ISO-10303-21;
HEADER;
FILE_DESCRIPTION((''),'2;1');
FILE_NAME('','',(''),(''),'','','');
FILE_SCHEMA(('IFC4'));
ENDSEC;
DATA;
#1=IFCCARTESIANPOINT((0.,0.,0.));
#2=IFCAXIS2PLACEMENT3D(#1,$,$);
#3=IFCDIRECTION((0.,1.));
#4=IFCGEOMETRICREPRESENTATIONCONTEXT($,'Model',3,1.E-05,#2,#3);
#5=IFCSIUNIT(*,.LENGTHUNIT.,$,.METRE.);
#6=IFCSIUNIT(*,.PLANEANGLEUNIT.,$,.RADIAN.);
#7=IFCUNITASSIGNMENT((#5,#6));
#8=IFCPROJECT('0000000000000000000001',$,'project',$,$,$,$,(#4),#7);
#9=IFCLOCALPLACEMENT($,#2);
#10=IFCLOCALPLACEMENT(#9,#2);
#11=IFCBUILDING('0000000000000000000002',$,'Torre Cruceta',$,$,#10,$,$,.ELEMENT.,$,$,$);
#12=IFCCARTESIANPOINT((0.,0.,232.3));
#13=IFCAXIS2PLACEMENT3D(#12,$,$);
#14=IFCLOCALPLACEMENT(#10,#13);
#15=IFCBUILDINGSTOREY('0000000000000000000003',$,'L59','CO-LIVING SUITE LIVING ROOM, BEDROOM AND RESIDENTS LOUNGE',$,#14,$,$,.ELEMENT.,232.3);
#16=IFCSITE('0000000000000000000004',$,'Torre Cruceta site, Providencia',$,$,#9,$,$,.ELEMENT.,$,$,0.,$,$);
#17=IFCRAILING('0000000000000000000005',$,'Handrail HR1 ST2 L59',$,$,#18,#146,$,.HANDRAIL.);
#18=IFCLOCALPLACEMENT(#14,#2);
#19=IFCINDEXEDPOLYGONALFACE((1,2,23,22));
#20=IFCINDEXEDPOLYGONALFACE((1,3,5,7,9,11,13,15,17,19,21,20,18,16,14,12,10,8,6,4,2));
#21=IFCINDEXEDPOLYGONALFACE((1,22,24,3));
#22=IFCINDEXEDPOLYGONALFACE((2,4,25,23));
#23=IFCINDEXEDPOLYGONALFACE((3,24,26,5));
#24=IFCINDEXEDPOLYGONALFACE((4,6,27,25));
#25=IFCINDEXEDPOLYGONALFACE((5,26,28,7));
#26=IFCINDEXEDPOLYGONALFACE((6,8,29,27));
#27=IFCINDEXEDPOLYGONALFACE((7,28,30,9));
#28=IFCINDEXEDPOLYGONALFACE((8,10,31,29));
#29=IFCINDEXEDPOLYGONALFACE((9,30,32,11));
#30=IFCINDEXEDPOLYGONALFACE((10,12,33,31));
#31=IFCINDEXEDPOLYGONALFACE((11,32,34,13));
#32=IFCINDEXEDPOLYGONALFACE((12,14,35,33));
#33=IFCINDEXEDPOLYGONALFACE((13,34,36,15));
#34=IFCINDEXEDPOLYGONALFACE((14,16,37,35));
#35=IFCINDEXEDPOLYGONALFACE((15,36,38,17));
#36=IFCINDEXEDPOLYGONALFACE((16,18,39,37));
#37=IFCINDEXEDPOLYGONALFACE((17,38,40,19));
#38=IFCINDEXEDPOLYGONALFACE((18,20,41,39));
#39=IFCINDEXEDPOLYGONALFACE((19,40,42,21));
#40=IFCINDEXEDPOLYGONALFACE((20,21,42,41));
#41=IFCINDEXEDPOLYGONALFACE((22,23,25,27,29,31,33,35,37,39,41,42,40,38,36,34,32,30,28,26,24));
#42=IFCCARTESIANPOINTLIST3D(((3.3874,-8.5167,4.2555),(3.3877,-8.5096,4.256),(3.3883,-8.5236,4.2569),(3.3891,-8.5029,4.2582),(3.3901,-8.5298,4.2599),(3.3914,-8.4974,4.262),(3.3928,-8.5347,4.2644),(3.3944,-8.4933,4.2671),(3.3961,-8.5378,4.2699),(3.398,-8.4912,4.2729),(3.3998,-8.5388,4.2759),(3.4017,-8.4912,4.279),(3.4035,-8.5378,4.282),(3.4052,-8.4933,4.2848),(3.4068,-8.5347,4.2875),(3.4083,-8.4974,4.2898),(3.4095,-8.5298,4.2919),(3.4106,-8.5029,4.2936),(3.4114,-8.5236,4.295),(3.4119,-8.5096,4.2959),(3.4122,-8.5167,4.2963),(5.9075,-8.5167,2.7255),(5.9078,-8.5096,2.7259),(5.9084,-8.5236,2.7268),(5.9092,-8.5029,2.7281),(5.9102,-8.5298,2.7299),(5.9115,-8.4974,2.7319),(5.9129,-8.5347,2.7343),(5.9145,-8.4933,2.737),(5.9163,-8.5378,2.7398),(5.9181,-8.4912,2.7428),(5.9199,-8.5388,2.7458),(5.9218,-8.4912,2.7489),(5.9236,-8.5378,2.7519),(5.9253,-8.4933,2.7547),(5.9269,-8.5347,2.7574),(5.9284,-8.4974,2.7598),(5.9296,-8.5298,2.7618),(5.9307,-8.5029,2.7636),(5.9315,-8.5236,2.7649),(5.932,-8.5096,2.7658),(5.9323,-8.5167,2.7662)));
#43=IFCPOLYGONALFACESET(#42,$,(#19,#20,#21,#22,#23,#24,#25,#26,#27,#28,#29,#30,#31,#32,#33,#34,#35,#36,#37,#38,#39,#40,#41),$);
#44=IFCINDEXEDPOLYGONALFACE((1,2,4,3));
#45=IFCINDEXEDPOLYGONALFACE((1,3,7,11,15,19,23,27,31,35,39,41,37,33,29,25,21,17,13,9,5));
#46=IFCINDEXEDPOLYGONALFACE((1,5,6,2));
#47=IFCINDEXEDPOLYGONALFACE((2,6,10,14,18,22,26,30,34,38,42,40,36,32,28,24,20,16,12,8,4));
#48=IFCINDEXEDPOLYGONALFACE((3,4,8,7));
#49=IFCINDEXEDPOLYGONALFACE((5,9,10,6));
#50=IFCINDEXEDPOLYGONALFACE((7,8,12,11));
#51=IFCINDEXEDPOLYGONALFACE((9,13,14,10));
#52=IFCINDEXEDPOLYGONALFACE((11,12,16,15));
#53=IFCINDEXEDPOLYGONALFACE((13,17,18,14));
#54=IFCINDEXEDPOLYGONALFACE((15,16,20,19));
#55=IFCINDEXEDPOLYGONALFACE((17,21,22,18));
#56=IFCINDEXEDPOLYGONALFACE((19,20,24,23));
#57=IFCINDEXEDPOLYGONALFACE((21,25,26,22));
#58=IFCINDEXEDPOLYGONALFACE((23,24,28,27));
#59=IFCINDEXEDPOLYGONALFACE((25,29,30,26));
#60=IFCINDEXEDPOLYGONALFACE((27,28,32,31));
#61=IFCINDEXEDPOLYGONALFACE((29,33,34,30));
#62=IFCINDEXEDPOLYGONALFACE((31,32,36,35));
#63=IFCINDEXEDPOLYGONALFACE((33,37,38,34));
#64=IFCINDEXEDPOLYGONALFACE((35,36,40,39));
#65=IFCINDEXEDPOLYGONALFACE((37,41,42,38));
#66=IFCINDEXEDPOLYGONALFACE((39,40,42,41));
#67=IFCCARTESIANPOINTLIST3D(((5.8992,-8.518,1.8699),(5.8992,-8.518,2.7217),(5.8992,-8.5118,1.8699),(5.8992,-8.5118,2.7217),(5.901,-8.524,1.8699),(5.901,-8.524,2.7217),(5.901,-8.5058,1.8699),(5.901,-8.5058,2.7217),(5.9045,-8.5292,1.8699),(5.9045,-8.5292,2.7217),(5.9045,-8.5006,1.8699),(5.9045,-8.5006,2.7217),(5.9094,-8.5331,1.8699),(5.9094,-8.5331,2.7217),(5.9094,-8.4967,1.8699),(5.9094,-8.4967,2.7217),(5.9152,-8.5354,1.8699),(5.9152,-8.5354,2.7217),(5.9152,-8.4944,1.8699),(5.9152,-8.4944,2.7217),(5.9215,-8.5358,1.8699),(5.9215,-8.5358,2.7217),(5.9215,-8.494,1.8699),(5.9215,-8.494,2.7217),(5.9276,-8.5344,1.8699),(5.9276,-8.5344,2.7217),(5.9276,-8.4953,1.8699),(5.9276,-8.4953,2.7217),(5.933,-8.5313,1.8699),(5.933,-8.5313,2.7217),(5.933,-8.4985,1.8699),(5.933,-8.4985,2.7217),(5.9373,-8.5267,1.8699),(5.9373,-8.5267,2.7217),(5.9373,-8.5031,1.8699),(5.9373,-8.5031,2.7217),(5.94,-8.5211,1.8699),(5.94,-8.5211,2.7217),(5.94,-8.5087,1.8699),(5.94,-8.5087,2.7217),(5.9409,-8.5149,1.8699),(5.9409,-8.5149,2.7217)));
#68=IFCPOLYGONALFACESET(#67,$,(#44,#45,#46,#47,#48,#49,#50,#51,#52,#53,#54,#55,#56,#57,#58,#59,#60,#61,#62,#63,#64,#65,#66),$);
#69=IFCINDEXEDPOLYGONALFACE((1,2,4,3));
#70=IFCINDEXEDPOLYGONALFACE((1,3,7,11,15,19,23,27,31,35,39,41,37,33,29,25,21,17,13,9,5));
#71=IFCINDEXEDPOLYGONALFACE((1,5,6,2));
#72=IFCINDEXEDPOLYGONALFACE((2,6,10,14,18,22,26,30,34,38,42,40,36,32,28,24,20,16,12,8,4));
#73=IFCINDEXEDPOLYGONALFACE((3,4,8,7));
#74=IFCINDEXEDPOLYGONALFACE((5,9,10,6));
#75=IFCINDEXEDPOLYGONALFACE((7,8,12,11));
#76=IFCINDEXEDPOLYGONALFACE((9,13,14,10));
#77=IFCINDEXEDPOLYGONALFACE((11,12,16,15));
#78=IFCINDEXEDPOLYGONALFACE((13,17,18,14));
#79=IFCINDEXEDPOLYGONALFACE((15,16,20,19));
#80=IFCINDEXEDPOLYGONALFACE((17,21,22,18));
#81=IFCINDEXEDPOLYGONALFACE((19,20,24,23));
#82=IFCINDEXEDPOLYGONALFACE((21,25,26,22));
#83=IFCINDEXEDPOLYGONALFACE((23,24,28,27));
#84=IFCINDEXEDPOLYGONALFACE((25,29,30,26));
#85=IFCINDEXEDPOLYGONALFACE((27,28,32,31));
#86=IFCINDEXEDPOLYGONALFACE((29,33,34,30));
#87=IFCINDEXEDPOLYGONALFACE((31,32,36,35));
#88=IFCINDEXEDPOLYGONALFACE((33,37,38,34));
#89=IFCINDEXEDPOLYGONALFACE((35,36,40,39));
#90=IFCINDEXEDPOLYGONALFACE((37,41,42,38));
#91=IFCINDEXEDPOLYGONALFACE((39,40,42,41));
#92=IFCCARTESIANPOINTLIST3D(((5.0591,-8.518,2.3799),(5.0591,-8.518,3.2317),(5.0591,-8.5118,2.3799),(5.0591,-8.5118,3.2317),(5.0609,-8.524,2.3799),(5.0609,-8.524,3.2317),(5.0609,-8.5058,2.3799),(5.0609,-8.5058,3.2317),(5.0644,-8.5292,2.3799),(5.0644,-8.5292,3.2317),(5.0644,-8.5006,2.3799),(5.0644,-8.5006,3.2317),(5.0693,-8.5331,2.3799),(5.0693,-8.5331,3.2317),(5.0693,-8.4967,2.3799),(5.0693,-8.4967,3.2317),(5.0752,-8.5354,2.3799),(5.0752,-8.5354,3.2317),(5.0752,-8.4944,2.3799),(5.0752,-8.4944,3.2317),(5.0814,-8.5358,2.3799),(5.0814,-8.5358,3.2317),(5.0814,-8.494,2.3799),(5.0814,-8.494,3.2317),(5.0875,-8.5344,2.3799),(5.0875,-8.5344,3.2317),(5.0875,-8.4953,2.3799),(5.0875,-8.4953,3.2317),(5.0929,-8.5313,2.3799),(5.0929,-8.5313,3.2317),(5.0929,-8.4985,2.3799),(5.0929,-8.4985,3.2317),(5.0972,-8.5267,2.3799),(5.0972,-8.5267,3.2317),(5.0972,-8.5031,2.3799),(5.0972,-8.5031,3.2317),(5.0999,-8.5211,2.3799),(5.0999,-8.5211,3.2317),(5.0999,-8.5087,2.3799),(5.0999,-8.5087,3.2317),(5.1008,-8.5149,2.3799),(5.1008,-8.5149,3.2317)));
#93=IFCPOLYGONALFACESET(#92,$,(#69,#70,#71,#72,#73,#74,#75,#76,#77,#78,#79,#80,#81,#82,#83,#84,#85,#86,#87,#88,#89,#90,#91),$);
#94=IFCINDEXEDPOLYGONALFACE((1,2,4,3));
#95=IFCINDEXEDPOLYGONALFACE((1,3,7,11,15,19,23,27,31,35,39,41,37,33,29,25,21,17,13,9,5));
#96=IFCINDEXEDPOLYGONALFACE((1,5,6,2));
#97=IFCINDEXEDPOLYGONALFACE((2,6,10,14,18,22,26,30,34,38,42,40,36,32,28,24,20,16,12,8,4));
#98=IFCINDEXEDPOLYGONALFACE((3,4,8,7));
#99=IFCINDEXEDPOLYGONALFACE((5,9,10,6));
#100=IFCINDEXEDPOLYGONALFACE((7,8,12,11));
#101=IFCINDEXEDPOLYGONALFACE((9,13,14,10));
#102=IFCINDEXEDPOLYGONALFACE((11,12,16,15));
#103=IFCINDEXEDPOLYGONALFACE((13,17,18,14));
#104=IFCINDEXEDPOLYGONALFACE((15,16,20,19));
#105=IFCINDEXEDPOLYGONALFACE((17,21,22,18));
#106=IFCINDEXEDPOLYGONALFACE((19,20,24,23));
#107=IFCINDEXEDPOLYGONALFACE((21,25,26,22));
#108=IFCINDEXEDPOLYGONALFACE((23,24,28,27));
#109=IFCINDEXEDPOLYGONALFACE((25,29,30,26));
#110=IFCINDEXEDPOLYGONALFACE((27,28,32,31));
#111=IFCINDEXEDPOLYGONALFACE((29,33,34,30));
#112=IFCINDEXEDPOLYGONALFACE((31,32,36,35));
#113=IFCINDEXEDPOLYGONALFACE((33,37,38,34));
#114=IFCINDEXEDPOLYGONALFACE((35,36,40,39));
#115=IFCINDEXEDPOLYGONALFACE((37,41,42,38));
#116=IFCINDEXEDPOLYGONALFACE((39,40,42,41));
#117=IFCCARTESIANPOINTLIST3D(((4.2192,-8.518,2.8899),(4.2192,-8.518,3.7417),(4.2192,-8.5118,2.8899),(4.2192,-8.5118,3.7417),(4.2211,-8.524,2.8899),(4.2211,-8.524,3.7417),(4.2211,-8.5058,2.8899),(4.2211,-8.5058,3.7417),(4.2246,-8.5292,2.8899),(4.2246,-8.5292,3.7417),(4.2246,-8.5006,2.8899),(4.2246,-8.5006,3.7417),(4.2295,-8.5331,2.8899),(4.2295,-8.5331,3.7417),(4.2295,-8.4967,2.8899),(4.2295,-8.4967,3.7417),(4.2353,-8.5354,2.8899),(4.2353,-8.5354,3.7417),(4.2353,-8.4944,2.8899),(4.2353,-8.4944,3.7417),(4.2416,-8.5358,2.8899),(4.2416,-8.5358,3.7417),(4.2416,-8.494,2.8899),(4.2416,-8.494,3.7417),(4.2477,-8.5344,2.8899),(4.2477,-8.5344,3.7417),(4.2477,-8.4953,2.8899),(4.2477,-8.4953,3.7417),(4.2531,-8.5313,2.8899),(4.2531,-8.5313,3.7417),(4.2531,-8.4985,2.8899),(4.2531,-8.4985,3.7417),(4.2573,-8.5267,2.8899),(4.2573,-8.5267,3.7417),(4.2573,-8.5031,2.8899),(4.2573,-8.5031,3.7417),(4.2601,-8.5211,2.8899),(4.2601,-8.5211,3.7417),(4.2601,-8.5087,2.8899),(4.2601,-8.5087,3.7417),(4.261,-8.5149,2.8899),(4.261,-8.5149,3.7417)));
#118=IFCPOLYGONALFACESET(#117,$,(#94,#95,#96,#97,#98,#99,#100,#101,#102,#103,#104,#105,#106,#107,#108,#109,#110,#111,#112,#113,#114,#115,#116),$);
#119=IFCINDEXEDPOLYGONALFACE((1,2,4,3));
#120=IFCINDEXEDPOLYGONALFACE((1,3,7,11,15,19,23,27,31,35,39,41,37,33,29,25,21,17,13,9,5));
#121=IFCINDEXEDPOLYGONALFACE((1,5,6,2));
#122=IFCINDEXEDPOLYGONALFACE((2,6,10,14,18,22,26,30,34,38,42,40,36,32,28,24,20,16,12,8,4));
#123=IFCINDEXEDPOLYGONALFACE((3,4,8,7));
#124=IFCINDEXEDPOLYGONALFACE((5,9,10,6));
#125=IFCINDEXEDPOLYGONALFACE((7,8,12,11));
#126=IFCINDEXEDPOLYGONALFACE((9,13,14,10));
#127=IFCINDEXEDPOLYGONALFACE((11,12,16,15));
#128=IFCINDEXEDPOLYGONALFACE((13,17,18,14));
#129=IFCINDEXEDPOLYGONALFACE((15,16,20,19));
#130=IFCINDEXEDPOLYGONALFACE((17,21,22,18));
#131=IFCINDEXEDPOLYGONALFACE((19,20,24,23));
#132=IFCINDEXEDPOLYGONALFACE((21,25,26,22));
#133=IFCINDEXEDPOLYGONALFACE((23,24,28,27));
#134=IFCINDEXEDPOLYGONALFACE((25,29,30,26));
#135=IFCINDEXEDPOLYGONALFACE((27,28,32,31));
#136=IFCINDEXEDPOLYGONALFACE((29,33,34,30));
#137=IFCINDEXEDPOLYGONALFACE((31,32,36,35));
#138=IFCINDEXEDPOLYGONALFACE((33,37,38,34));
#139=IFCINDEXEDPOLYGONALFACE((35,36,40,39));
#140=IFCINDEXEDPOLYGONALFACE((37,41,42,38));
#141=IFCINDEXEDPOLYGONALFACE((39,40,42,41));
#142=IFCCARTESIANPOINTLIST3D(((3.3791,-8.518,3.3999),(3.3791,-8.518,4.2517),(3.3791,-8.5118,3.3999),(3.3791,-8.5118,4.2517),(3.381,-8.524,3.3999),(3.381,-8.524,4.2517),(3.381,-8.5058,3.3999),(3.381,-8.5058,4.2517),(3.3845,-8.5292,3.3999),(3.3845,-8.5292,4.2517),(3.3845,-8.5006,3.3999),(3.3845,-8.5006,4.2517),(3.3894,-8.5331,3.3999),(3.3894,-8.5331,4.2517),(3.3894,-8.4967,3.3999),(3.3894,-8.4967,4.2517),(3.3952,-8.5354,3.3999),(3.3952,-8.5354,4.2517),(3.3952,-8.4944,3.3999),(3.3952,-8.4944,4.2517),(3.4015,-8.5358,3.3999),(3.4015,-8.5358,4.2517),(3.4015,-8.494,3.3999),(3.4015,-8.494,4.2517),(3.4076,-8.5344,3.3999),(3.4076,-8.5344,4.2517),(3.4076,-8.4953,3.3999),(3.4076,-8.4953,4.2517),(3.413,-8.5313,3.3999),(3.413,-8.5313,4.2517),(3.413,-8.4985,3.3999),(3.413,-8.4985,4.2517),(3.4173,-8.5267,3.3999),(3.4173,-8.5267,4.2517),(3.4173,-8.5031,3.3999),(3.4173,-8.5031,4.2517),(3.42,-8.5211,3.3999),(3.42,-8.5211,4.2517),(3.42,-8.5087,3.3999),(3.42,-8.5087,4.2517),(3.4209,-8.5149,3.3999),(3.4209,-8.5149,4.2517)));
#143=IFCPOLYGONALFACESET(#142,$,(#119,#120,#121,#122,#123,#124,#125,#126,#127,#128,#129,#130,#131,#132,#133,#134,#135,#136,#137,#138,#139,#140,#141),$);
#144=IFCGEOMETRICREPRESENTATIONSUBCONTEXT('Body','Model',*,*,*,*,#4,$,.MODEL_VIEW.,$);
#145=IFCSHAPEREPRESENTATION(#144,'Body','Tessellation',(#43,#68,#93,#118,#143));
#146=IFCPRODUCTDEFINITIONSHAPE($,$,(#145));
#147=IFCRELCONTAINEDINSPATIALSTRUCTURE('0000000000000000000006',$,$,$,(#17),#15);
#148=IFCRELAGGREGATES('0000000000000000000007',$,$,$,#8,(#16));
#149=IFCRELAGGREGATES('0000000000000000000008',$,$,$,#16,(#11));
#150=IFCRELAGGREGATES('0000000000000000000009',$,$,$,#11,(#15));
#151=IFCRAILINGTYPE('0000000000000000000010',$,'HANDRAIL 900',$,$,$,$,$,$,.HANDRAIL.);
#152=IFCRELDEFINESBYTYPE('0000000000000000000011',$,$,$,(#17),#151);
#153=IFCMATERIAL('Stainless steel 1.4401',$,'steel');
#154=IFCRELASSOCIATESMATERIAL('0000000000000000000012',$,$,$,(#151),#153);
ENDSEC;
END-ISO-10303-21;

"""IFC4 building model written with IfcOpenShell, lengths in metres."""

from ifc_helpers import new_model, si_unit, direction, frame, origin, origin_2d, place, context, subcontext, project, spatial, circle, extrude, material, type_object, element, save


model = new_model("IFC4")

# Units and contexts
model_context = context("Model", 3, precision=1e-05, world=origin(), true_north=direction((0.0, 1.0)))
body_context = subcontext(model_context, "Body", "Model", "MODEL_VIEW")
ifc_project = project(units=[si_unit("LENGTHUNIT", "METRE"), si_unit("PLANEANGLEUNIT", "RADIAN")], contexts=[model_context])

# Site, building, storey
site_placement = place(None, origin())
site = spatial("IfcSite", under=ifc_project, at=site_placement, Name="Torre Cruceta site, Providencia", CompositionType="ELEMENT", RefElevation=0.0)
building_placement = place(site_placement, origin())
building = spatial("IfcBuilding", under=site, at=building_placement, Name="Torre Cruceta", CompositionType="ELEMENT")
storey_placement = place(building_placement, frame((0.0, 0.0, 232.3)))
storey = spatial("IfcBuildingStorey", under=building, at=storey_placement, Name="L59", Description="CO-LIVING SUITE LIVING ROOM, BEDROOM AND RESIDENTS LOUNGE", CompositionType="ELEMENT", Elevation=232.3)

# Railing
ifc_material_1 = material(Name="Stainless steel 1.4401", Category="steel")
railing_type = type_object("IfcRailingType", Name="HANDRAIL 900", PredefinedType="HANDRAIL", material=ifc_material_1)
railing_placement = place(storey_placement, frame((5.9199, -8.5149, 1.8699)))
element("IfcRailing", 1, at=railing_placement, inside=storey, type_object=railing_type, Name="Handrail HR1 ST2 L59", PredefinedType="HANDRAIL", context=body_context, shape_type="SweptSolid", body=[
    extrude(circle(Radius=0.0239, at=origin_2d()), frame((0.0, 0.0, 0.876), z_axis=(-0.854785, 0.0, 0.518982), x_axis=(0.0, -1.0, 0.0)), (0.0, 0.0, 1.0), 2.9482),
    extrude(circle(Radius=0.021, at=origin_2d()), origin(), (0.0, 0.0, 1.0), 0.8518),
    extrude(circle(Radius=0.021, at=origin_2d()), frame((-0.8401, 0.0, 0.51)), (0.0, 0.0, 1.0), 0.8518),
    extrude(circle(Radius=0.021, at=origin_2d()), frame((-1.6799, 0.0, 1.02)), (0.0, 0.0, 1.0), 0.8518),
    extrude(circle(Radius=0.021, at=origin_2d()), frame((-2.52, 0.0, 1.53)), (0.0, 0.0, 1.0), 0.8518),
])

save(model, "model.ifc")
